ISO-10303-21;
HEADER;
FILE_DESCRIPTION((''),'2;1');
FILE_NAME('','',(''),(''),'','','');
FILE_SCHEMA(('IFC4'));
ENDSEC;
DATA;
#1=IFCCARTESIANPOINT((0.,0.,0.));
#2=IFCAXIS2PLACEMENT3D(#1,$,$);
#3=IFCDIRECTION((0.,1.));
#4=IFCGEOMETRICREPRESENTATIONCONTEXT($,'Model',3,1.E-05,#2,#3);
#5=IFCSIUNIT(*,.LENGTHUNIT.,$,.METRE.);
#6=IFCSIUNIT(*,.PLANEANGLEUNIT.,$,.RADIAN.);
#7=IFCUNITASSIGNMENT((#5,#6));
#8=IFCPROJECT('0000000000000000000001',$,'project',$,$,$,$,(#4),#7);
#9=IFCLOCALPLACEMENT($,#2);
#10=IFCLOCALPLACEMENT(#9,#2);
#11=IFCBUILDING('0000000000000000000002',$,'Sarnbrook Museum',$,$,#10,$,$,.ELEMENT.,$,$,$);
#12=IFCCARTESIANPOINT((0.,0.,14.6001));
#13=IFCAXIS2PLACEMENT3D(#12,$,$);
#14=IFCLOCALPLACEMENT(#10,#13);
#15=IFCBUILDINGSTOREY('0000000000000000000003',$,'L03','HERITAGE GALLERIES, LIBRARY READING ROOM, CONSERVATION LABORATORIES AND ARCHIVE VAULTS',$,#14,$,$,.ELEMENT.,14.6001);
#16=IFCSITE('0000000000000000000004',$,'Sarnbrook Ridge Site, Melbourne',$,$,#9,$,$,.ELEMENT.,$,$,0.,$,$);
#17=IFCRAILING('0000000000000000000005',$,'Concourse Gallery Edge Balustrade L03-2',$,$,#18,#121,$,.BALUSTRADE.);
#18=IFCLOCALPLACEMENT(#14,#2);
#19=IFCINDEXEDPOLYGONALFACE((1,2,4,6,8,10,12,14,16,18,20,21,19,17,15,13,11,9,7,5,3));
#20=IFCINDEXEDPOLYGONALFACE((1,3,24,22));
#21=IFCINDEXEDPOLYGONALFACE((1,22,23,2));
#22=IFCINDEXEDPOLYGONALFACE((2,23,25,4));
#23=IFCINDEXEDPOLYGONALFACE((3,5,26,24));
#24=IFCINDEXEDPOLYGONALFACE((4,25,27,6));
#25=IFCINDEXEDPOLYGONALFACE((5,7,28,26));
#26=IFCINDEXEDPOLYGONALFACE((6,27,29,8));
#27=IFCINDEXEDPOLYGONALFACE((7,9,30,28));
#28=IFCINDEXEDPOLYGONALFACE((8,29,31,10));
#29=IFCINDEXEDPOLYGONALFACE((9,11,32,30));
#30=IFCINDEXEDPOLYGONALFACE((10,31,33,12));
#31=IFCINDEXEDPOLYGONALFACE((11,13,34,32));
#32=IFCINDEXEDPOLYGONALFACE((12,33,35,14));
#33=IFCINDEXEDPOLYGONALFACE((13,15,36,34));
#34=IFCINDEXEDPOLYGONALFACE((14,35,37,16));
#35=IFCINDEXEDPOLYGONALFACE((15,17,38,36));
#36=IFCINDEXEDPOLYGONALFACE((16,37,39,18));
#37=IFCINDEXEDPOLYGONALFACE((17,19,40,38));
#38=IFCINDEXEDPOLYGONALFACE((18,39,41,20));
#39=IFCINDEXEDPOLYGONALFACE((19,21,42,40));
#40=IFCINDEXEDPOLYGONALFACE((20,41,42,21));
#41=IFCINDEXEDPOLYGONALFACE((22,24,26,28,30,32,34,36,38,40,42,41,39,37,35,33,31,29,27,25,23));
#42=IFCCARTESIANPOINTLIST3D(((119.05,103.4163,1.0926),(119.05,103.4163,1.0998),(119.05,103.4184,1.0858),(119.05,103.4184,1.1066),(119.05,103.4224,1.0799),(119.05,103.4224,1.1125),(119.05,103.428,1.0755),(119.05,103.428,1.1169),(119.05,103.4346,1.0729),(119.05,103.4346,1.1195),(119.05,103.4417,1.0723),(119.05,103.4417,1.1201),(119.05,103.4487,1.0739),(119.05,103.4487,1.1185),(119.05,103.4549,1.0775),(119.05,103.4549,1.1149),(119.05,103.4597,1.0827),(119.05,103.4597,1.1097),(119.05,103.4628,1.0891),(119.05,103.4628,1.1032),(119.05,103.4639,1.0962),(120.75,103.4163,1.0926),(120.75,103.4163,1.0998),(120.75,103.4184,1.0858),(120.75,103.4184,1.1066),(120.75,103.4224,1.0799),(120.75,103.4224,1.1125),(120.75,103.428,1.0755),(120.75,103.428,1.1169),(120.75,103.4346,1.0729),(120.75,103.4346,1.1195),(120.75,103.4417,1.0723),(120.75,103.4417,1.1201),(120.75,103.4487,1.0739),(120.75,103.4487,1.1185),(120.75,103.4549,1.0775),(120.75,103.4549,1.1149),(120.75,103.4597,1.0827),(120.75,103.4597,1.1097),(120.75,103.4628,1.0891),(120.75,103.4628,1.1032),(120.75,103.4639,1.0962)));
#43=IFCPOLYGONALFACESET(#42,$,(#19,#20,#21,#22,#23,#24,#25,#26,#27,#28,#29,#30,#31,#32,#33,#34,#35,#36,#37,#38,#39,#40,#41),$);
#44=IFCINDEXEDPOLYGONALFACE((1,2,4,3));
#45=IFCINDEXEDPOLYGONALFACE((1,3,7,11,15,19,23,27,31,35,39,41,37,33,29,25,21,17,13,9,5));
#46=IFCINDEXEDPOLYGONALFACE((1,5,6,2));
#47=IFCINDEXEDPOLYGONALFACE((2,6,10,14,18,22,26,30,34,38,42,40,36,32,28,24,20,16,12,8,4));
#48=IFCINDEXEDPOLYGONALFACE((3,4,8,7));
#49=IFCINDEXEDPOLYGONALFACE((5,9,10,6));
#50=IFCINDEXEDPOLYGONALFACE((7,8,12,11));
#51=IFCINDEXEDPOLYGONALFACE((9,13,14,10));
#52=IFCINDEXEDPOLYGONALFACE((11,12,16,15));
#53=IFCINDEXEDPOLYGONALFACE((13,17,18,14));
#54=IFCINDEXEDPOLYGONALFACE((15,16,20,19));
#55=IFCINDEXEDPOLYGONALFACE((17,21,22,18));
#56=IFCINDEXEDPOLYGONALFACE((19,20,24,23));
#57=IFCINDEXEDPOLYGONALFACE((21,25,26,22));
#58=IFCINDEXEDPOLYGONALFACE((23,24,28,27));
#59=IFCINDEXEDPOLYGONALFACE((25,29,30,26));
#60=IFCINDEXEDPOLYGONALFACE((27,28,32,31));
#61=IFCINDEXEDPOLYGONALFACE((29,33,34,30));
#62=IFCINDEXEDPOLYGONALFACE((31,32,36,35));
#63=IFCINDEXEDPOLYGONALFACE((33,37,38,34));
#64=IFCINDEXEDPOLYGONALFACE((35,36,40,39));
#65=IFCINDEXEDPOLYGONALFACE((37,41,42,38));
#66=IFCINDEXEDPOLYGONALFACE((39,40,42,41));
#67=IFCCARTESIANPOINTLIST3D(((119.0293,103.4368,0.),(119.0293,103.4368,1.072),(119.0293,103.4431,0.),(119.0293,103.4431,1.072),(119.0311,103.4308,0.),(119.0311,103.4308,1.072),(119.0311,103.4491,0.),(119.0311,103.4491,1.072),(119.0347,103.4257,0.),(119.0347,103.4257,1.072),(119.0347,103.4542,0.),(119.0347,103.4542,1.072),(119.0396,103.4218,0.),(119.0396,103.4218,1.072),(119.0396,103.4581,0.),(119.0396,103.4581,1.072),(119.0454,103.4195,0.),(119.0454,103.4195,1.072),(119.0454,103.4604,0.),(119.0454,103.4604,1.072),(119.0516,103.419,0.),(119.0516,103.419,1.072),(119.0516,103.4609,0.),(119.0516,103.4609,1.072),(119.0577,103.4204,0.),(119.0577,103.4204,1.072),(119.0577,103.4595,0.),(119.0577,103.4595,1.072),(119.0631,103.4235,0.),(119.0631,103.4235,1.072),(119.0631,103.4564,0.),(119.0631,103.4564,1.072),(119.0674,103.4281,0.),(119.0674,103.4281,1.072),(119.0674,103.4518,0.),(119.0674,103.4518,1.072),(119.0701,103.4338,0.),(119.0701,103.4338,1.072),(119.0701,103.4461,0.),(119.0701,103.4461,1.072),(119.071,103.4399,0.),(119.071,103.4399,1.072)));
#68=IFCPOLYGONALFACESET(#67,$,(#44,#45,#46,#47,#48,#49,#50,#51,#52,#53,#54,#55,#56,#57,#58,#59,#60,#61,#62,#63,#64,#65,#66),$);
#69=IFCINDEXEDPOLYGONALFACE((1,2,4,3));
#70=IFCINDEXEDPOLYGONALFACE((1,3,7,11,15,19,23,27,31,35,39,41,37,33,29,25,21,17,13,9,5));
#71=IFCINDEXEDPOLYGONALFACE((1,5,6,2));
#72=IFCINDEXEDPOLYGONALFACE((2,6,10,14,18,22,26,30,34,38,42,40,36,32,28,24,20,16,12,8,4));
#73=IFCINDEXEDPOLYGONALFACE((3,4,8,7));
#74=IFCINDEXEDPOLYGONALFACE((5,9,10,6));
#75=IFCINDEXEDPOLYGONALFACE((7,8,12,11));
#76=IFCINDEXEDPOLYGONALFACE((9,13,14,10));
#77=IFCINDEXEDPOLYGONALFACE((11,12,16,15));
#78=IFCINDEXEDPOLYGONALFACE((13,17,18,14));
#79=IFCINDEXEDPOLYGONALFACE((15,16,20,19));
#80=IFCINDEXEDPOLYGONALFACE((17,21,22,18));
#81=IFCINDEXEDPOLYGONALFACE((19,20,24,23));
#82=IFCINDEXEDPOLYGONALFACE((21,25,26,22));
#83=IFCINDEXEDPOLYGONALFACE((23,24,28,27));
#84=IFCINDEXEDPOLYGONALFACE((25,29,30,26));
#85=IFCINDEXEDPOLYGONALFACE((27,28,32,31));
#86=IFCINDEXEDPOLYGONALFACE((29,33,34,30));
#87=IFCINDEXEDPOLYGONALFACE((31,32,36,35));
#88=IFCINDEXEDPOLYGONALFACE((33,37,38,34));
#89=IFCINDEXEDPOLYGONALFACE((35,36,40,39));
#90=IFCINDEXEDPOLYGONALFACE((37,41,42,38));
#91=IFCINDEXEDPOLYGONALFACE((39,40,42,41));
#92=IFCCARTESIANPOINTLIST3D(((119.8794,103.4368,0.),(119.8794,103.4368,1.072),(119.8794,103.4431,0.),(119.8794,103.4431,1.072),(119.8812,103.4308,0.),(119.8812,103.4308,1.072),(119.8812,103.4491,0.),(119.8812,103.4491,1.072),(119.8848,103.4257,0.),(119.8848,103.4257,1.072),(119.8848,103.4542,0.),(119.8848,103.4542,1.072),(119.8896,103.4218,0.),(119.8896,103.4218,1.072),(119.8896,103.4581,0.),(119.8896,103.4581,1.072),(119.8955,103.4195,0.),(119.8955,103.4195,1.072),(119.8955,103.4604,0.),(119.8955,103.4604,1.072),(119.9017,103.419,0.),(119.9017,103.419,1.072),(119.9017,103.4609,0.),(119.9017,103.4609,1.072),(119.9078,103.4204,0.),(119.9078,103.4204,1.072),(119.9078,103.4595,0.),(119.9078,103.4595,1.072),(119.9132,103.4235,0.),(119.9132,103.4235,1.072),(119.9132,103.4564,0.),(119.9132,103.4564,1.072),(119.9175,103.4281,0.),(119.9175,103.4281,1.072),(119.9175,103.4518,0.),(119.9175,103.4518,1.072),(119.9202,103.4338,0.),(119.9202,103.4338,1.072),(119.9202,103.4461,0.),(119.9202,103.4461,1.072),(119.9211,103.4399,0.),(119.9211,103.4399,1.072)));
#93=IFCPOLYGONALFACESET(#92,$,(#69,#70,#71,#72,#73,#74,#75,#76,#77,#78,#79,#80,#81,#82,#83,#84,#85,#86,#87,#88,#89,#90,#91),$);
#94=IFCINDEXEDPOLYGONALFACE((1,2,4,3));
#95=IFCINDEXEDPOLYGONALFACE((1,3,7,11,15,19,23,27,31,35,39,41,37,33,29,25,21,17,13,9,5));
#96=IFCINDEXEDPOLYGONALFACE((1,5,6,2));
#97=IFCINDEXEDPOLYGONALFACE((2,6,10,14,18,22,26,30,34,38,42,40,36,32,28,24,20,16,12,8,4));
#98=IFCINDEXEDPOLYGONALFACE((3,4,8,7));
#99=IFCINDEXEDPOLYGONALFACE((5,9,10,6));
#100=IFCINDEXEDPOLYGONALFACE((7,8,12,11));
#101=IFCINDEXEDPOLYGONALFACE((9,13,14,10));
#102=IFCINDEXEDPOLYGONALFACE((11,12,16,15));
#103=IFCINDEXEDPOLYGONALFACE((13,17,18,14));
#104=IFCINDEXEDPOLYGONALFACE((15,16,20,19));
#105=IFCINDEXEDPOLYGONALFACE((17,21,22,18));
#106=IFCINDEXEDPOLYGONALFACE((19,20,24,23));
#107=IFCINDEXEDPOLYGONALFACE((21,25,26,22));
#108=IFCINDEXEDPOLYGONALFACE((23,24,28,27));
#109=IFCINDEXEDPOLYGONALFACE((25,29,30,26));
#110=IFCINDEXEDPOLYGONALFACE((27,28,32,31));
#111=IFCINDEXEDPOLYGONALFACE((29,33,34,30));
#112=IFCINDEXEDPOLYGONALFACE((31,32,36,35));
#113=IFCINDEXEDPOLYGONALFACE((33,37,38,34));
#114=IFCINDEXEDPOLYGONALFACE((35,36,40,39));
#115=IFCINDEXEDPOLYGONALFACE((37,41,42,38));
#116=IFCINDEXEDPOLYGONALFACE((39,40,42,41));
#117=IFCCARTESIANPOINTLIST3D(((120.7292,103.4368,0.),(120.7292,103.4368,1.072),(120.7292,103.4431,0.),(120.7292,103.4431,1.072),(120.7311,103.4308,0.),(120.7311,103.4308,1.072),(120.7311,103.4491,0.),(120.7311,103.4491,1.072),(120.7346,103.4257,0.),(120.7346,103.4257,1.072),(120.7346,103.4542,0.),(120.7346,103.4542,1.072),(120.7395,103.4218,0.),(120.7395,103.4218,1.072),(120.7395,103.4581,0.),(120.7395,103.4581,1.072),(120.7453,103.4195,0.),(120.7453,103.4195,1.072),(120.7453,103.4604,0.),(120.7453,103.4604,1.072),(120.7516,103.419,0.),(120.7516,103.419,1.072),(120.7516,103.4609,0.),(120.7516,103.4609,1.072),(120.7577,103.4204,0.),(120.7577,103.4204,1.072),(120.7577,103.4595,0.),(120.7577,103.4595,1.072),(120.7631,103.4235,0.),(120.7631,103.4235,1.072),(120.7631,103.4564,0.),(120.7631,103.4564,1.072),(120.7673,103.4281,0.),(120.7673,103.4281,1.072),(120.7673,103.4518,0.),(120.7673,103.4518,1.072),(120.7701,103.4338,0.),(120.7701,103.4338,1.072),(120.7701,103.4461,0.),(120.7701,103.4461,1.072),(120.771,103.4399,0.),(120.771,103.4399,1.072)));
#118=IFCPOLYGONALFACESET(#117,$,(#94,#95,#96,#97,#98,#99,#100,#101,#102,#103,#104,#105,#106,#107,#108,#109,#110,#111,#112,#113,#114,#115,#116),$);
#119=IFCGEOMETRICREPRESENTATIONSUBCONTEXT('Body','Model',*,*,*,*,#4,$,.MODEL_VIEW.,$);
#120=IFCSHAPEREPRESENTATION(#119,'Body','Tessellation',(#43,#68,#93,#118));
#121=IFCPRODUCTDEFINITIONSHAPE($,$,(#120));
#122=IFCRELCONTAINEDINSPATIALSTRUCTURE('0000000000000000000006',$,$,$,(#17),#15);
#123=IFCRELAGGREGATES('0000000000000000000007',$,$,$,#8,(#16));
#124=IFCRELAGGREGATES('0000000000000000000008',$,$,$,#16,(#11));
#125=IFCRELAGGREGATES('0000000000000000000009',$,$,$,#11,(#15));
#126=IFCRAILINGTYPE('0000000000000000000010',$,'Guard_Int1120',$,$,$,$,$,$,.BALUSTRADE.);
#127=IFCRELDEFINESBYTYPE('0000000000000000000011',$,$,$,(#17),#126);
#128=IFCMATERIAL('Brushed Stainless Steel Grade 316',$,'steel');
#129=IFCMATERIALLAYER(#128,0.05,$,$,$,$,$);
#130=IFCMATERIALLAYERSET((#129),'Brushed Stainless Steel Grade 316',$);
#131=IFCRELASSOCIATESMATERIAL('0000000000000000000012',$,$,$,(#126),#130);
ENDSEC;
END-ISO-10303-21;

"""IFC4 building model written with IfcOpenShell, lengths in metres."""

from ifc_helpers import new_model, si_unit, direction, frame, origin, origin_2d, place, context, subcontext, project, spatial, circle, extrude, material, layer, layer_set, type_object, element, save


model = new_model("IFC4")

# Units and contexts
model_context = context("Model", 3, precision=1e-05, world=origin(), true_north=direction((0.0, 1.0)))
body_context = subcontext(model_context, "Body", "Model", "MODEL_VIEW")
ifc_project = project(units=[si_unit("LENGTHUNIT", "METRE"), si_unit("PLANEANGLEUNIT", "RADIAN")], contexts=[model_context])

# Site, building, storey
site_placement = place(None, origin())
site = spatial("IfcSite", under=ifc_project, at=site_placement, Name="Sarnbrook Ridge Site, Melbourne", CompositionType="ELEMENT", RefElevation=0.0)
building_placement = place(site_placement, origin())
building = spatial("IfcBuilding", under=site, at=building_placement, Name="Sarnbrook Museum", CompositionType="ELEMENT")
storey_placement = place(building_placement, frame((0.0, 0.0, 14.6001)))
storey = spatial("IfcBuildingStorey", under=building, at=storey_placement, Name="L03", Description="HERITAGE GALLERIES, LIBRARY READING ROOM, CONSERVATION LABORATORIES AND ARCHIVE VAULTS", CompositionType="ELEMENT", Elevation=14.6001)

# Shared definitions
ifc_material_1 = material(Name="Brushed Stainless Steel Grade 316", Category="steel")

# Railing
ifc_layer_1 = layer(ifc_material_1, 0.05)
ifc_layer_set_1 = layer_set([ifc_layer_1], Name="Brushed Stainless Steel Grade 316")
railing_type = type_object("IfcRailingType", Name="Guard_Int1120", PredefinedType="BALUSTRADE", material=ifc_layer_set_1)
railing_1_placement = place(storey_placement, frame((119.05, 103.4399, 0.0)))
element("IfcRailing", 1, at=railing_1_placement, inside=storey, type_object=railing_type, Name="Concourse Gallery Edge Balustrade L03-2", PredefinedType="BALUSTRADE", context=body_context, shape_type="SweptSolid", body=[
    extrude(circle(Radius=0.0239, at=origin_2d()), frame((0.0, 0.0, 1.0962), z_axis=(1.0, 0.0, 0.0), x_axis=(0.0, 1.0, 0.0)), (0.0, 0.0, 1.0), 1.7),
    extrude(circle(Radius=0.021, at=origin_2d()), origin(), (0.0, 0.0, 1.0), 1.072),
    extrude(circle(Radius=0.021, at=origin_2d()), frame((0.8501, 0.0, 0.0)), (0.0, 0.0, 1.0), 1.072),
    extrude(circle(Radius=0.021, at=origin_2d()), frame((1.7, 0.0, 0.0)), (0.0, 0.0, 1.0), 1.072),
])

save(model, "model.ifc")
